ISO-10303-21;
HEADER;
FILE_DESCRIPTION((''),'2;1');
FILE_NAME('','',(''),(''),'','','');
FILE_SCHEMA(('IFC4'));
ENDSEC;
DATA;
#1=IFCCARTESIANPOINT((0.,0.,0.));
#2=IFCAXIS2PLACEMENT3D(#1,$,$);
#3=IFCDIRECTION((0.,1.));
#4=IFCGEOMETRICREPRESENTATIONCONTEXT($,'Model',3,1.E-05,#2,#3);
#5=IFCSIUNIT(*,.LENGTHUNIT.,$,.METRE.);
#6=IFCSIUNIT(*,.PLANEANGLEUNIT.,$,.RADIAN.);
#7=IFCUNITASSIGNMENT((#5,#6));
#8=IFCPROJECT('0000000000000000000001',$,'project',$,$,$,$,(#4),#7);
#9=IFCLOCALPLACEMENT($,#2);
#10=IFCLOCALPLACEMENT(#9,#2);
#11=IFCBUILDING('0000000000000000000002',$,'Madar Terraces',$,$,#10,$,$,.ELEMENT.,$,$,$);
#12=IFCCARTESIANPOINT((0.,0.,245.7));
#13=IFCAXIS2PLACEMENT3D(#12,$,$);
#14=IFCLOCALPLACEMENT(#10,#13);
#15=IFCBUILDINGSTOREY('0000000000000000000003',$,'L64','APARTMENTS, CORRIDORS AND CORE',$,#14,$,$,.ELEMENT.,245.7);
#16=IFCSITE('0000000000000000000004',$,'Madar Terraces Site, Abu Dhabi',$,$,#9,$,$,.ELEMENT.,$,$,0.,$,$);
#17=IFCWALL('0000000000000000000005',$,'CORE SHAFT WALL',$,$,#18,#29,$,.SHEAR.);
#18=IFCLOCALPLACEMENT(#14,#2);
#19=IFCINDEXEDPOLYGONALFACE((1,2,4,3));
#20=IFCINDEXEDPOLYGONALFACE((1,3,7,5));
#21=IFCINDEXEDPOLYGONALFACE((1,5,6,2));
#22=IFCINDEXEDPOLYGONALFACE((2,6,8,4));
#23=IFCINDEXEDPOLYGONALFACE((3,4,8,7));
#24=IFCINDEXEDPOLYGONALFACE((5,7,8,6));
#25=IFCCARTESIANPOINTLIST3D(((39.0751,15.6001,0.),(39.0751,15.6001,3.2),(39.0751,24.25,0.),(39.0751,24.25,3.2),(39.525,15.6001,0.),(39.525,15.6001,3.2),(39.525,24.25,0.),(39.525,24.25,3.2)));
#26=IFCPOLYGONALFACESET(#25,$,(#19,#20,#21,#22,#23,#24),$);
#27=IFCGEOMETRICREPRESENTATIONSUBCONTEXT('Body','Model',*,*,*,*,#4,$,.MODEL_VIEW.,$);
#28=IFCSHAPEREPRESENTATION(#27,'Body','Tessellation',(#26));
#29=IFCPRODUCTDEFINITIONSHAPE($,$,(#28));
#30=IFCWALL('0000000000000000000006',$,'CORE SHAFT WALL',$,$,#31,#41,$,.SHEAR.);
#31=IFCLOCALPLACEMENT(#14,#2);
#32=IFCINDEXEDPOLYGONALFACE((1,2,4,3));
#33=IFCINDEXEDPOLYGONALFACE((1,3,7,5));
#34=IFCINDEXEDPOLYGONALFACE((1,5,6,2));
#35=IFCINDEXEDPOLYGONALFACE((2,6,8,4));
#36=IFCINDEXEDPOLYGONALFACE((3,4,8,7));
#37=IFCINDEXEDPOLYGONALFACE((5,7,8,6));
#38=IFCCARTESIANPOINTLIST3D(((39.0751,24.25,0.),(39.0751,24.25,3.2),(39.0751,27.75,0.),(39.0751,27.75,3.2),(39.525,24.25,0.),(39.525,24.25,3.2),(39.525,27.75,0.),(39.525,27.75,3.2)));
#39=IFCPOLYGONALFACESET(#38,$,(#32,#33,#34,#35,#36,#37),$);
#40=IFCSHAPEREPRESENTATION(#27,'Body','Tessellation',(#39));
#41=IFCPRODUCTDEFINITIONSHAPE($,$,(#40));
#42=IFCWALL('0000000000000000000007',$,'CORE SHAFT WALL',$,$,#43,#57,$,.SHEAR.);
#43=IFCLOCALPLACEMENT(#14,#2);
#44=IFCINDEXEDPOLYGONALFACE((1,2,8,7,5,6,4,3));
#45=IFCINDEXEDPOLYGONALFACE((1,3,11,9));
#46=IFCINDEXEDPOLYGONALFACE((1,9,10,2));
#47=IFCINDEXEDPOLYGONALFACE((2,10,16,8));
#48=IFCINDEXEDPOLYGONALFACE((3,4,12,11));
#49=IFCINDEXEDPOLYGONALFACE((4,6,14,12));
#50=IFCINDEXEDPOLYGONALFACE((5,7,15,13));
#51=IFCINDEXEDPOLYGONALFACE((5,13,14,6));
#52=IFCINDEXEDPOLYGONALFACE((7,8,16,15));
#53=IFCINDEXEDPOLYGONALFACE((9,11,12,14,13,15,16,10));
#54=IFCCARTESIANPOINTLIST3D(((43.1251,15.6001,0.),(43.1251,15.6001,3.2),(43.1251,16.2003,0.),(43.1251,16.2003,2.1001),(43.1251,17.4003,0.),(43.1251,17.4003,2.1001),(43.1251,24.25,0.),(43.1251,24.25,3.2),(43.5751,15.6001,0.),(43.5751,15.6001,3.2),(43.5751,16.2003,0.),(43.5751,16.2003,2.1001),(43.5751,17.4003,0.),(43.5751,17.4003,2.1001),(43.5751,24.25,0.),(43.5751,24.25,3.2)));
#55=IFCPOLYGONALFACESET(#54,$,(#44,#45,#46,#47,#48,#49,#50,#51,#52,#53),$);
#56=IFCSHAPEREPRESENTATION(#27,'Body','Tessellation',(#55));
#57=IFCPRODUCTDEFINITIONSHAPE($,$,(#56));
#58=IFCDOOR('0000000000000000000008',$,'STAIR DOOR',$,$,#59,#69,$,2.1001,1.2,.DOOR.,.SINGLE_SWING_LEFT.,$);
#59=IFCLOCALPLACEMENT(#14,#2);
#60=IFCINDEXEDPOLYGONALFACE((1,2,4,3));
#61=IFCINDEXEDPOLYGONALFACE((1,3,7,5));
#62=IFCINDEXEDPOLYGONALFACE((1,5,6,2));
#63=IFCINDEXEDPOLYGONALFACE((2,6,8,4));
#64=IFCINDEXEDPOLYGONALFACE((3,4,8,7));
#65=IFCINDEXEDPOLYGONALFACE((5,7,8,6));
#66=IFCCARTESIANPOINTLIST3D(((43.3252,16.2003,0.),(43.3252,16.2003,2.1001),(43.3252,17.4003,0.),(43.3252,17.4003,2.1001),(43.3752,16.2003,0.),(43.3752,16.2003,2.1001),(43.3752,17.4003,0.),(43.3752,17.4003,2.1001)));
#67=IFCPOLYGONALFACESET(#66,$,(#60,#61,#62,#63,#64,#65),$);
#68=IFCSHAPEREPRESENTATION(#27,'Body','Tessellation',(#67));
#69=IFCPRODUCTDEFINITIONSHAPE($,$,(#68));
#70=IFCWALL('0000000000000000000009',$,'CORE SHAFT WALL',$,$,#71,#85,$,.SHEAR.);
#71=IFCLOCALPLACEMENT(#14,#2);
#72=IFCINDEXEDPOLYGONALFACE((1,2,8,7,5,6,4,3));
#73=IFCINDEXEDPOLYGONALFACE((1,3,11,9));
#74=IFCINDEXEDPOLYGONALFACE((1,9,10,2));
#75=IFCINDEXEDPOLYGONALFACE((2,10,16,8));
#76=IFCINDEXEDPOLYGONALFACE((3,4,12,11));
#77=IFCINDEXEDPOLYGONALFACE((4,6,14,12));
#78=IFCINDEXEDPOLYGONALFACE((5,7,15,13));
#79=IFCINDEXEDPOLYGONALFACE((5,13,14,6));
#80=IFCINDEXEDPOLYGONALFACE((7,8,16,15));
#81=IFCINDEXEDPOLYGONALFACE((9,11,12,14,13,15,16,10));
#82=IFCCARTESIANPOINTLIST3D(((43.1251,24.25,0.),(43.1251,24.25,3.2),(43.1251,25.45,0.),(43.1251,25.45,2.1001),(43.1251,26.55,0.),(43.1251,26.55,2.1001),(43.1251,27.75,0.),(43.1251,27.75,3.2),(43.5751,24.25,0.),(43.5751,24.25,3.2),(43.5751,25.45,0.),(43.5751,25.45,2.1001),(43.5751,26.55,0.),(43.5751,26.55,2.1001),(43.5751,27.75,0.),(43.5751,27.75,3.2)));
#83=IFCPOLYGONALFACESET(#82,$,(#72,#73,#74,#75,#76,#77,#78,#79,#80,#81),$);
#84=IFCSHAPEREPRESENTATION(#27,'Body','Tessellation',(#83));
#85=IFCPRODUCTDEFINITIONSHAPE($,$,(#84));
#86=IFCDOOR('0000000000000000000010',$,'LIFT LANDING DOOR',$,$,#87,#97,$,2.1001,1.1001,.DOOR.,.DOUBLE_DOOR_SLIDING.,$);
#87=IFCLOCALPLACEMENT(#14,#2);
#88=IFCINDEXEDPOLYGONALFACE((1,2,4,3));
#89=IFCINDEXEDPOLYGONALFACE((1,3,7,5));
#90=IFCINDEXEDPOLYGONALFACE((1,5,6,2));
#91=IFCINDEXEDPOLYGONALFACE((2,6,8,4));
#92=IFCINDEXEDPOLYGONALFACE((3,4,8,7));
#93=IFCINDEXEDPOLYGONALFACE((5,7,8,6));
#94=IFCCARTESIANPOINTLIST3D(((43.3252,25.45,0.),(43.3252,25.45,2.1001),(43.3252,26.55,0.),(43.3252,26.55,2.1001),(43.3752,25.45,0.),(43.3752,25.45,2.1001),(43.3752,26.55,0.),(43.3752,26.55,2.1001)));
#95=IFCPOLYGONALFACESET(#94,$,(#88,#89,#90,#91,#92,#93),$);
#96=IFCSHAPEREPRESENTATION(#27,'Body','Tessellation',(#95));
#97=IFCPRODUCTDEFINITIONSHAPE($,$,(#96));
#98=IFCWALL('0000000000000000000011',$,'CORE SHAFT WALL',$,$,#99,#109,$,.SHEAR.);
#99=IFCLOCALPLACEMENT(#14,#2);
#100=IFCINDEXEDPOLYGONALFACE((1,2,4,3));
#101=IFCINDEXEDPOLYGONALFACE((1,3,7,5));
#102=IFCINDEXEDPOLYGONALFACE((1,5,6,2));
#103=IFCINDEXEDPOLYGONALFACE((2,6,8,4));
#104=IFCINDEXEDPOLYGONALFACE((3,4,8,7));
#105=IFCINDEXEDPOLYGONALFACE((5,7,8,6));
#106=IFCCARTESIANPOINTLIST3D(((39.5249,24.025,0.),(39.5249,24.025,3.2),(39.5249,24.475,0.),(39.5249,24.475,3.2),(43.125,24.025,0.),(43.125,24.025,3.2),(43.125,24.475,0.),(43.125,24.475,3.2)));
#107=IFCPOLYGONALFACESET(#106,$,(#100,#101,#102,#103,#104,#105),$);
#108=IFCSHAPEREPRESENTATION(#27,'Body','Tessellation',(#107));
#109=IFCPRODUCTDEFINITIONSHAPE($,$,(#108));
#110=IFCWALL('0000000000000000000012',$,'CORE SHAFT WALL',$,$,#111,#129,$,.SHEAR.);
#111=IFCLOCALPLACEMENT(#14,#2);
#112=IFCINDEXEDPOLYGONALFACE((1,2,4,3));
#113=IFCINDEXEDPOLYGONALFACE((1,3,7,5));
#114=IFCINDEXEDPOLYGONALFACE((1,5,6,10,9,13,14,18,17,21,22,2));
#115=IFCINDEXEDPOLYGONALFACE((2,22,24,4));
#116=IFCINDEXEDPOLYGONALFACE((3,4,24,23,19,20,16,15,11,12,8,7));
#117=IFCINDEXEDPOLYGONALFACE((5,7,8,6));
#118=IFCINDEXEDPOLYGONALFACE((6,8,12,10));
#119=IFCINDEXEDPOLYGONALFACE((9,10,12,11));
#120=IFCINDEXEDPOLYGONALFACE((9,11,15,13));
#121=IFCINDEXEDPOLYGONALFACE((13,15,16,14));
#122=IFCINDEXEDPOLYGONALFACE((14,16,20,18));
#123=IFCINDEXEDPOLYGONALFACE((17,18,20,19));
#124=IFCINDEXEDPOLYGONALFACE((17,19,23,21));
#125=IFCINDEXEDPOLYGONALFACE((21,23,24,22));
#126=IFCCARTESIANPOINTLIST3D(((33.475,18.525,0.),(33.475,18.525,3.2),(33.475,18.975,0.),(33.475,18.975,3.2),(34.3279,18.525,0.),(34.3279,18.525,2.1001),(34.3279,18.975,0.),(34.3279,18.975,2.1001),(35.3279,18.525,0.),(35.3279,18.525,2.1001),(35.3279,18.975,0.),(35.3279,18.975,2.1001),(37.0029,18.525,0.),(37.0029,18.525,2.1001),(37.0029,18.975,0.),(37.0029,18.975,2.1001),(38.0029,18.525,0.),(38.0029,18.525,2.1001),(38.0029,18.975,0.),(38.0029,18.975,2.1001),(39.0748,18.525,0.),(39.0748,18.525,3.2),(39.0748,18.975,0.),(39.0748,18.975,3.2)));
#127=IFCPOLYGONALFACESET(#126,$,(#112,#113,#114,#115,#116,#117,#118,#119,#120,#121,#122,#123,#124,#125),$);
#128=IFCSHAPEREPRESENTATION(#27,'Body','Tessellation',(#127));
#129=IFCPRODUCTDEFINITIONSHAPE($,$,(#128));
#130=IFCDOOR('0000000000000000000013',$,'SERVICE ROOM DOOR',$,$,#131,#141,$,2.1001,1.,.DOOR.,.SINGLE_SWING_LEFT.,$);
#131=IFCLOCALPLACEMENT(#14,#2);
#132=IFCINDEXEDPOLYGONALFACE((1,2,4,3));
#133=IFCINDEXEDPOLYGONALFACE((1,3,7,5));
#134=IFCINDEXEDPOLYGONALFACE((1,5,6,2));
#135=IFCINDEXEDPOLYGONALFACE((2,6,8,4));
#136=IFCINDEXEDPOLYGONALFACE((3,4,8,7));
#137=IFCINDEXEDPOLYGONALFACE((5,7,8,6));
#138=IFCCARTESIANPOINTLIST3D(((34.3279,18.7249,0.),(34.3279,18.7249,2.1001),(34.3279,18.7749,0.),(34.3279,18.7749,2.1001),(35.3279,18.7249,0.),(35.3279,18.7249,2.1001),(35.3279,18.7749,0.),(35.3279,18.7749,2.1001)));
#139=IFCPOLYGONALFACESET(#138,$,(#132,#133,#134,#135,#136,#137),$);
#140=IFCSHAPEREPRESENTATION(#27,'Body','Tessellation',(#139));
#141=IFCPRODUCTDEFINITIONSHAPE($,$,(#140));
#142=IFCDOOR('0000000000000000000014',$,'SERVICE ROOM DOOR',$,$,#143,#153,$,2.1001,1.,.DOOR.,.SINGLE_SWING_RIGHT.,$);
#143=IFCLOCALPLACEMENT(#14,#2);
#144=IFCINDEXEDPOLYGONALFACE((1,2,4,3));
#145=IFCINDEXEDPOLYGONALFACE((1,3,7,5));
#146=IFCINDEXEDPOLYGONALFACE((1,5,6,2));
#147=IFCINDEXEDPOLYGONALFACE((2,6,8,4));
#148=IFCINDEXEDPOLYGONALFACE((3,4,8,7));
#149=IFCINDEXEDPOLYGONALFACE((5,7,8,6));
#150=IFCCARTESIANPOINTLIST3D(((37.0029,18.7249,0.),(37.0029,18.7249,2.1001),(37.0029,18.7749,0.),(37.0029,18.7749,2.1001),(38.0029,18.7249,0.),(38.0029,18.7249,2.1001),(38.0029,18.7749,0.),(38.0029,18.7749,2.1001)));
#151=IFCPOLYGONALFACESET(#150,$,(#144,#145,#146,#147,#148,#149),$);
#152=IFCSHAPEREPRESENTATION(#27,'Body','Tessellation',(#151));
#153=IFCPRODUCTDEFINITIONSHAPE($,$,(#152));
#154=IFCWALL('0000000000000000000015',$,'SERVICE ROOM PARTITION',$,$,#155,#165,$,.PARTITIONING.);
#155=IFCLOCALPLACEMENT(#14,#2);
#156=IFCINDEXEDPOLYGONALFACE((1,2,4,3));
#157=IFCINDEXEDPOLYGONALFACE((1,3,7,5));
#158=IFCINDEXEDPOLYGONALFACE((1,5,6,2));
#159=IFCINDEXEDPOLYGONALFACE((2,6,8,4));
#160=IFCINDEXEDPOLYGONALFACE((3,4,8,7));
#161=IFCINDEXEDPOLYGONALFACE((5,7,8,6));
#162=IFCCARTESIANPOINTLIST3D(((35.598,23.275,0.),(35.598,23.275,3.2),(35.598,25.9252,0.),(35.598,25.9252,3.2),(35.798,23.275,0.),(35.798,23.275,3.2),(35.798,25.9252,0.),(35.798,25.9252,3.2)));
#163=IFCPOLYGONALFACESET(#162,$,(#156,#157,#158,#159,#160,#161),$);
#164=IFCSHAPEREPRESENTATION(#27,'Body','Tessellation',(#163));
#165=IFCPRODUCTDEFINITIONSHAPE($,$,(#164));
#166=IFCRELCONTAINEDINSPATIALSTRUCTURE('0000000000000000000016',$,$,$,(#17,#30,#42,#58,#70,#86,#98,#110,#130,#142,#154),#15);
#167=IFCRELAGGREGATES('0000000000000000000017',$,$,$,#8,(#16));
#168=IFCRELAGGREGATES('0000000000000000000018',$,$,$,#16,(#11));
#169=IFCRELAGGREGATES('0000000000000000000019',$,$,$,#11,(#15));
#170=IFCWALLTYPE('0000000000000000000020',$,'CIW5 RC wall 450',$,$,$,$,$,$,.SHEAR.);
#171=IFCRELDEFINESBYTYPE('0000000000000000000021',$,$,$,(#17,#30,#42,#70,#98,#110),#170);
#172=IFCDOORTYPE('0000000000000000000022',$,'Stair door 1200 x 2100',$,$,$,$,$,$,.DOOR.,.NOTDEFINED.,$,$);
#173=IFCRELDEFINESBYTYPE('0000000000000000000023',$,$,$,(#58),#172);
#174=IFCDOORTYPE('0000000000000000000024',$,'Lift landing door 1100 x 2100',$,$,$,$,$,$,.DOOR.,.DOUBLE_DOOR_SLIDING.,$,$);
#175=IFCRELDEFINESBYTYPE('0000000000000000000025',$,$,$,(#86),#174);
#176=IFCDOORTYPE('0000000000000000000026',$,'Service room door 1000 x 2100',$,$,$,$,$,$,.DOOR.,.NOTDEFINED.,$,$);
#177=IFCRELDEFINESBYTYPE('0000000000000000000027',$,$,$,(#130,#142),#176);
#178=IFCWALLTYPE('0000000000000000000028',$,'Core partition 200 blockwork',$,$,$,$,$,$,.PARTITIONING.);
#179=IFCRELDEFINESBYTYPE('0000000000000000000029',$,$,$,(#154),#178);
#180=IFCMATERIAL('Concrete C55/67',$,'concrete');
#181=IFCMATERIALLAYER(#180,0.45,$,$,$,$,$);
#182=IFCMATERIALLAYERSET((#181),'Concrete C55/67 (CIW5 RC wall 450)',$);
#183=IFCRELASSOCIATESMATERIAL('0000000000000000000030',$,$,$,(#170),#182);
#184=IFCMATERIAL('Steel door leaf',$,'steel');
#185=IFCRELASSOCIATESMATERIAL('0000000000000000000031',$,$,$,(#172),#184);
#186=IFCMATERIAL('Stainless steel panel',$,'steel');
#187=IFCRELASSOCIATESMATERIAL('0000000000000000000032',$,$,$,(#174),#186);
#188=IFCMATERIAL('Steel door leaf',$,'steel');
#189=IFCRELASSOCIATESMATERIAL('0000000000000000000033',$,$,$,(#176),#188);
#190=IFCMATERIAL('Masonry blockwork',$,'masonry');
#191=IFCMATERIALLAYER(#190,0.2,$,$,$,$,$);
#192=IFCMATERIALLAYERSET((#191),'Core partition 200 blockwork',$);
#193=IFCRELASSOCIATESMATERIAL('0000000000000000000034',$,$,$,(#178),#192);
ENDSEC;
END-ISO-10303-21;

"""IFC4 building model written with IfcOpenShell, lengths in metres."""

from ifc_helpers import new_model, si_unit, direction, frame, frame_2d, origin, place, context, subcontext, project, spatial, rectangle, extrude, material, layer, layer_set, type_object, element, fill, save


model = new_model("IFC4")

# Units and contexts
model_context = context("Model", 3, precision=1e-05, world=origin(), true_north=direction((0.0, 1.0)))
body_context = subcontext(model_context, "Body", "Model", "MODEL_VIEW")
ifc_project = project(units=[si_unit("LENGTHUNIT", "METRE"), si_unit("PLANEANGLEUNIT", "RADIAN")], contexts=[model_context])

# Site, building, storey
site_placement = place(None, origin())
site = spatial("IfcSite", under=ifc_project, at=site_placement, Name="Madar Terraces Site, Abu Dhabi", CompositionType="ELEMENT", RefElevation=0.0)
building_placement = place(site_placement, origin())
building = spatial("IfcBuilding", under=site, at=building_placement, Name="Madar Terraces", CompositionType="ELEMENT")
storey_placement = place(building_placement, frame((0.0, 0.0, 245.7)))
storey = spatial("IfcBuildingStorey", under=building, at=storey_placement, Name="L64", Description="APARTMENTS, CORRIDORS AND CORE", CompositionType="ELEMENT", Elevation=245.7)

# Walls
ifc_material_1 = material(Name="Concrete C55/67", Category="concrete")
ifc_layer_1 = layer(ifc_material_1, 0.45)
ifc_layer_set_1 = layer_set([ifc_layer_1], Name="Concrete C55/67 (CIW5 RC wall 450)")
wall_type_1 = type_object("IfcWallType", Name="CIW5 RC wall 450", PredefinedType="SHEAR", material=ifc_layer_set_1)
wall_1_placement = place(storey_placement, frame((39.3, 15.6001, 0.0), z_axis=(0.0, 0.0, 1.0), x_axis=(0.0, 1.0, 0.0)))
element("IfcWall", 1, at=wall_1_placement, inside=storey, type_object=wall_type_1, Name="CORE SHAFT WALL", PredefinedType="SHEAR", context=body_context, shape_type="SweptSolid", body=[
    extrude(rectangle(XDim=8.6499, YDim=0.45, at=frame_2d((4.325, 0.0))), origin(), (0.0, 0.0, 1.0), 3.2),
])
wall_2_placement = place(storey_placement, frame((39.3, 24.25, 0.0), z_axis=(0.0, 0.0, 1.0), x_axis=(0.0, 1.0, 0.0)))
element("IfcWall", 2, at=wall_2_placement, inside=storey, type_object=wall_type_1, Name="CORE SHAFT WALL", PredefinedType="SHEAR", context=body_context, shape_type="SweptSolid", body=[
    extrude(rectangle(XDim=3.5, YDim=0.45, at=frame_2d((1.75, 0.0))), origin(), (0.0, 0.0, 1.0), 3.2),
])

# Walls, openings, doors
wall_3_placement = place(storey_placement, frame((43.3501, 15.6001, 0.0), z_axis=(0.0, 0.0, 1.0), x_axis=(0.0, 1.0, 0.0)))
wall_3 = element("IfcWall", 3, at=wall_3_placement, inside=storey, type_object=wall_type_1, Name="CORE SHAFT WALL", PredefinedType="SHEAR", context=body_context, shape_type="SweptSolid", body=[
    extrude(rectangle(XDim=8.6499, YDim=0.45, at=frame_2d((4.325, 0.0))), origin(), (0.0, 0.0, 1.0), 3.2),
])
opening_1_placement = place(wall_3_placement, frame((0.6001, 0.0, 0.0)))
opening_1 = element("IfcOpeningElement", 4, at=opening_1_placement, cuts=wall_3, PredefinedType="OPENING", context=body_context, shape_type="SweptSolid", body=[
    extrude(rectangle(XDim=1.2, YDim=2.1001, at=frame_2d((0.6001, 1.05))), frame((0.0, 0.2349, 0.0), z_axis=(0.0, -1.0, 0.0), x_axis=(1.0, 0.0, 0.0)), (0.0, 0.0, 1.0), 0.47),
])
ifc_material_2 = material(Name="Steel door leaf", Category="steel")
door_type_1 = type_object("IfcDoorType", Name="Stair door 1200 x 2100", OperationType="NOTDEFINED", PredefinedType="DOOR", material=ifc_material_2)
door_1_placement = place(opening_1_placement, origin())
door_1 = element("IfcDoor", 5, at=door_1_placement, inside=storey, type_object=door_type_1, Name="STAIR DOOR", OperationType="SINGLE_SWING_LEFT", OverallHeight=2.1001, OverallWidth=1.2, PredefinedType="DOOR", context=body_context, shape_type="SweptSolid", body=[
    extrude(rectangle(XDim=1.2, YDim=2.1001, at=frame_2d((0.6001, 1.05))), frame((0.0, 0.0249, 0.0), z_axis=(0.0, -1.0, 0.0), x_axis=(1.0, 0.0, 0.0)), (0.0, 0.0, 1.0), 0.05),
])
fill(opening_1, door_1)
wall_4_placement = place(storey_placement, frame((43.3501, 24.25, 0.0), z_axis=(0.0, 0.0, 1.0), x_axis=(0.0, 1.0, 0.0)))
wall_4 = element("IfcWall", 6, at=wall_4_placement, inside=storey, type_object=wall_type_1, Name="CORE SHAFT WALL", PredefinedType="SHEAR", context=body_context, shape_type="SweptSolid", body=[
    extrude(rectangle(XDim=3.5, YDim=0.45, at=frame_2d((1.75, 0.0))), origin(), (0.0, 0.0, 1.0), 3.2),
])
opening_2_placement = place(wall_4_placement, frame((1.2, 0.0, 0.0)))
opening_2 = element("IfcOpeningElement", 7, at=opening_2_placement, cuts=wall_4, PredefinedType="OPENING", context=body_context, shape_type="SweptSolid", body=[
    extrude(rectangle(XDim=1.1001, YDim=2.1001, at=frame_2d((0.55, 1.05))), frame((0.0, 0.2349, 0.0), z_axis=(0.0, -1.0, 0.0), x_axis=(1.0, 0.0, 0.0)), (0.0, 0.0, 1.0), 0.47),
])
ifc_material_3 = material(Name="Stainless steel panel", Category="steel")
door_type_2 = type_object("IfcDoorType", Name="Lift landing door 1100 x 2100", OperationType="DOUBLE_DOOR_SLIDING", PredefinedType="DOOR", material=ifc_material_3)
door_2_placement = place(opening_2_placement, origin())
door_2 = element("IfcDoor", 8, at=door_2_placement, inside=storey, type_object=door_type_2, Name="LIFT LANDING DOOR", OperationType="DOUBLE_DOOR_SLIDING", OverallHeight=2.1001, OverallWidth=1.1001, PredefinedType="DOOR", context=body_context, shape_type="SweptSolid", body=[
    extrude(rectangle(XDim=1.1001, YDim=2.1001, at=frame_2d((0.55, 1.05))), frame((0.0, 0.0249, 0.0), z_axis=(0.0, -1.0, 0.0), x_axis=(1.0, 0.0, 0.0)), (0.0, 0.0, 1.0), 0.05),
])
fill(opening_2, door_2)

# Wall
wall_5_placement = place(storey_placement, frame((39.5249, 24.25, 0.0), z_axis=(0.0, 0.0, 1.0), x_axis=(1.0, 0.0, 0.0)))
element("IfcWall", 9, at=wall_5_placement, inside=storey, type_object=wall_type_1, Name="CORE SHAFT WALL", PredefinedType="SHEAR", context=body_context, shape_type="SweptSolid", body=[
    extrude(rectangle(XDim=3.6001, YDim=0.45, at=frame_2d((1.8, 0.0))), origin(), (0.0, 0.0, 1.0), 3.2),
])

# Wall, openings, doors
wall_6_placement = place(storey_placement, frame((33.4751, 18.75, 0.0), z_axis=(0.0, 0.0, 1.0), x_axis=(1.0, 0.0, 0.0)))
wall_6 = element("IfcWall", 10, at=wall_6_placement, inside=storey, type_object=wall_type_1, Name="CORE SHAFT WALL", PredefinedType="SHEAR", context=body_context, shape_type="SweptSolid", body=[
    extrude(rectangle(XDim=5.5999, YDim=0.45, at=frame_2d((2.7998, 0.0))), origin(), (0.0, 0.0, 1.0), 3.2),
])
opening_3_placement = place(wall_6_placement, frame((0.8528, 0.0, 0.0)))
opening_3 = element("IfcOpeningElement", 11, at=opening_3_placement, cuts=wall_6, PredefinedType="OPENING", context=body_context, shape_type="SweptSolid", body=[
    extrude(rectangle(XDim=1.0, YDim=2.1001, at=frame_2d((0.5, 1.05))), frame((0.0, 0.2349, 0.0), z_axis=(0.0, -1.0, 0.0), x_axis=(1.0, 0.0, 0.0)), (0.0, 0.0, 1.0), 0.47),
])
opening_4_placement = place(wall_6_placement, frame((3.5278, 0.0, 0.0)))
opening_4 = element("IfcOpeningElement", 12, at=opening_4_placement, cuts=wall_6, PredefinedType="OPENING", context=body_context, shape_type="SweptSolid", body=[
    extrude(rectangle(XDim=1.0, YDim=2.1001, at=frame_2d((0.5, 1.05))), frame((0.0, 0.2349, 0.0), z_axis=(0.0, -1.0, 0.0), x_axis=(1.0, 0.0, 0.0)), (0.0, 0.0, 1.0), 0.47),
])
ifc_material_4 = material(Name="Steel door leaf", Category="steel")
door_type_3 = type_object("IfcDoorType", Name="Service room door 1000 x 2100", OperationType="NOTDEFINED", PredefinedType="DOOR", material=ifc_material_4)
door_3_placement = place(opening_3_placement, origin())
door_3 = element("IfcDoor", 13, at=door_3_placement, inside=storey, type_object=door_type_3, Name="SERVICE ROOM DOOR", OperationType="SINGLE_SWING_LEFT", OverallHeight=2.1001, OverallWidth=1.0, PredefinedType="DOOR", context=body_context, shape_type="SweptSolid", body=[
    extrude(rectangle(XDim=1.0, YDim=2.1001, at=frame_2d((0.5, 1.05))), frame((0.0, 0.0249, 0.0), z_axis=(0.0, -1.0, 0.0), x_axis=(1.0, 0.0, 0.0)), (0.0, 0.0, 1.0), 0.05),
])
fill(opening_3, door_3)
door_4_placement = place(opening_4_placement, origin())
door_4 = element("IfcDoor", 14, at=door_4_placement, inside=storey, type_object=door_type_3, Name="SERVICE ROOM DOOR", OperationType="SINGLE_SWING_RIGHT", OverallHeight=2.1001, OverallWidth=1.0, PredefinedType="DOOR", context=body_context, shape_type="SweptSolid", body=[
    extrude(rectangle(XDim=1.0, YDim=2.1001, at=frame_2d((0.5, 1.05))), frame((0.0, 0.0249, 0.0), z_axis=(0.0, -1.0, 0.0), x_axis=(1.0, 0.0, 0.0)), (0.0, 0.0, 1.0), 0.05),
])
fill(opening_4, door_4)

# Wall
ifc_material_5 = material(Name="Masonry blockwork", Category="masonry")
ifc_layer_2 = layer(ifc_material_5, 0.2)
ifc_layer_set_2 = layer_set([ifc_layer_2], Name="Core partition 200 blockwork")
wall_type_2 = type_object("IfcWallType", Name="Core partition 200 blockwork", PredefinedType="PARTITIONING", material=ifc_layer_set_2)
wall_7_placement = place(storey_placement, frame((35.698, 23.2749, 0.0), z_axis=(0.0, 0.0, 1.0), x_axis=(0.0, 1.0, 0.0)))
element("IfcWall", 15, at=wall_7_placement, inside=storey, type_object=wall_type_2, Name="SERVICE ROOM PARTITION", PredefinedType="PARTITIONING", context=body_context, shape_type="SweptSolid", body=[
    extrude(rectangle(XDim=2.6501, YDim=0.2, at=frame_2d((1.3252, 0.0))), origin(), (0.0, 0.0, 1.0), 3.2),
])

save(model, "model.ifc")
